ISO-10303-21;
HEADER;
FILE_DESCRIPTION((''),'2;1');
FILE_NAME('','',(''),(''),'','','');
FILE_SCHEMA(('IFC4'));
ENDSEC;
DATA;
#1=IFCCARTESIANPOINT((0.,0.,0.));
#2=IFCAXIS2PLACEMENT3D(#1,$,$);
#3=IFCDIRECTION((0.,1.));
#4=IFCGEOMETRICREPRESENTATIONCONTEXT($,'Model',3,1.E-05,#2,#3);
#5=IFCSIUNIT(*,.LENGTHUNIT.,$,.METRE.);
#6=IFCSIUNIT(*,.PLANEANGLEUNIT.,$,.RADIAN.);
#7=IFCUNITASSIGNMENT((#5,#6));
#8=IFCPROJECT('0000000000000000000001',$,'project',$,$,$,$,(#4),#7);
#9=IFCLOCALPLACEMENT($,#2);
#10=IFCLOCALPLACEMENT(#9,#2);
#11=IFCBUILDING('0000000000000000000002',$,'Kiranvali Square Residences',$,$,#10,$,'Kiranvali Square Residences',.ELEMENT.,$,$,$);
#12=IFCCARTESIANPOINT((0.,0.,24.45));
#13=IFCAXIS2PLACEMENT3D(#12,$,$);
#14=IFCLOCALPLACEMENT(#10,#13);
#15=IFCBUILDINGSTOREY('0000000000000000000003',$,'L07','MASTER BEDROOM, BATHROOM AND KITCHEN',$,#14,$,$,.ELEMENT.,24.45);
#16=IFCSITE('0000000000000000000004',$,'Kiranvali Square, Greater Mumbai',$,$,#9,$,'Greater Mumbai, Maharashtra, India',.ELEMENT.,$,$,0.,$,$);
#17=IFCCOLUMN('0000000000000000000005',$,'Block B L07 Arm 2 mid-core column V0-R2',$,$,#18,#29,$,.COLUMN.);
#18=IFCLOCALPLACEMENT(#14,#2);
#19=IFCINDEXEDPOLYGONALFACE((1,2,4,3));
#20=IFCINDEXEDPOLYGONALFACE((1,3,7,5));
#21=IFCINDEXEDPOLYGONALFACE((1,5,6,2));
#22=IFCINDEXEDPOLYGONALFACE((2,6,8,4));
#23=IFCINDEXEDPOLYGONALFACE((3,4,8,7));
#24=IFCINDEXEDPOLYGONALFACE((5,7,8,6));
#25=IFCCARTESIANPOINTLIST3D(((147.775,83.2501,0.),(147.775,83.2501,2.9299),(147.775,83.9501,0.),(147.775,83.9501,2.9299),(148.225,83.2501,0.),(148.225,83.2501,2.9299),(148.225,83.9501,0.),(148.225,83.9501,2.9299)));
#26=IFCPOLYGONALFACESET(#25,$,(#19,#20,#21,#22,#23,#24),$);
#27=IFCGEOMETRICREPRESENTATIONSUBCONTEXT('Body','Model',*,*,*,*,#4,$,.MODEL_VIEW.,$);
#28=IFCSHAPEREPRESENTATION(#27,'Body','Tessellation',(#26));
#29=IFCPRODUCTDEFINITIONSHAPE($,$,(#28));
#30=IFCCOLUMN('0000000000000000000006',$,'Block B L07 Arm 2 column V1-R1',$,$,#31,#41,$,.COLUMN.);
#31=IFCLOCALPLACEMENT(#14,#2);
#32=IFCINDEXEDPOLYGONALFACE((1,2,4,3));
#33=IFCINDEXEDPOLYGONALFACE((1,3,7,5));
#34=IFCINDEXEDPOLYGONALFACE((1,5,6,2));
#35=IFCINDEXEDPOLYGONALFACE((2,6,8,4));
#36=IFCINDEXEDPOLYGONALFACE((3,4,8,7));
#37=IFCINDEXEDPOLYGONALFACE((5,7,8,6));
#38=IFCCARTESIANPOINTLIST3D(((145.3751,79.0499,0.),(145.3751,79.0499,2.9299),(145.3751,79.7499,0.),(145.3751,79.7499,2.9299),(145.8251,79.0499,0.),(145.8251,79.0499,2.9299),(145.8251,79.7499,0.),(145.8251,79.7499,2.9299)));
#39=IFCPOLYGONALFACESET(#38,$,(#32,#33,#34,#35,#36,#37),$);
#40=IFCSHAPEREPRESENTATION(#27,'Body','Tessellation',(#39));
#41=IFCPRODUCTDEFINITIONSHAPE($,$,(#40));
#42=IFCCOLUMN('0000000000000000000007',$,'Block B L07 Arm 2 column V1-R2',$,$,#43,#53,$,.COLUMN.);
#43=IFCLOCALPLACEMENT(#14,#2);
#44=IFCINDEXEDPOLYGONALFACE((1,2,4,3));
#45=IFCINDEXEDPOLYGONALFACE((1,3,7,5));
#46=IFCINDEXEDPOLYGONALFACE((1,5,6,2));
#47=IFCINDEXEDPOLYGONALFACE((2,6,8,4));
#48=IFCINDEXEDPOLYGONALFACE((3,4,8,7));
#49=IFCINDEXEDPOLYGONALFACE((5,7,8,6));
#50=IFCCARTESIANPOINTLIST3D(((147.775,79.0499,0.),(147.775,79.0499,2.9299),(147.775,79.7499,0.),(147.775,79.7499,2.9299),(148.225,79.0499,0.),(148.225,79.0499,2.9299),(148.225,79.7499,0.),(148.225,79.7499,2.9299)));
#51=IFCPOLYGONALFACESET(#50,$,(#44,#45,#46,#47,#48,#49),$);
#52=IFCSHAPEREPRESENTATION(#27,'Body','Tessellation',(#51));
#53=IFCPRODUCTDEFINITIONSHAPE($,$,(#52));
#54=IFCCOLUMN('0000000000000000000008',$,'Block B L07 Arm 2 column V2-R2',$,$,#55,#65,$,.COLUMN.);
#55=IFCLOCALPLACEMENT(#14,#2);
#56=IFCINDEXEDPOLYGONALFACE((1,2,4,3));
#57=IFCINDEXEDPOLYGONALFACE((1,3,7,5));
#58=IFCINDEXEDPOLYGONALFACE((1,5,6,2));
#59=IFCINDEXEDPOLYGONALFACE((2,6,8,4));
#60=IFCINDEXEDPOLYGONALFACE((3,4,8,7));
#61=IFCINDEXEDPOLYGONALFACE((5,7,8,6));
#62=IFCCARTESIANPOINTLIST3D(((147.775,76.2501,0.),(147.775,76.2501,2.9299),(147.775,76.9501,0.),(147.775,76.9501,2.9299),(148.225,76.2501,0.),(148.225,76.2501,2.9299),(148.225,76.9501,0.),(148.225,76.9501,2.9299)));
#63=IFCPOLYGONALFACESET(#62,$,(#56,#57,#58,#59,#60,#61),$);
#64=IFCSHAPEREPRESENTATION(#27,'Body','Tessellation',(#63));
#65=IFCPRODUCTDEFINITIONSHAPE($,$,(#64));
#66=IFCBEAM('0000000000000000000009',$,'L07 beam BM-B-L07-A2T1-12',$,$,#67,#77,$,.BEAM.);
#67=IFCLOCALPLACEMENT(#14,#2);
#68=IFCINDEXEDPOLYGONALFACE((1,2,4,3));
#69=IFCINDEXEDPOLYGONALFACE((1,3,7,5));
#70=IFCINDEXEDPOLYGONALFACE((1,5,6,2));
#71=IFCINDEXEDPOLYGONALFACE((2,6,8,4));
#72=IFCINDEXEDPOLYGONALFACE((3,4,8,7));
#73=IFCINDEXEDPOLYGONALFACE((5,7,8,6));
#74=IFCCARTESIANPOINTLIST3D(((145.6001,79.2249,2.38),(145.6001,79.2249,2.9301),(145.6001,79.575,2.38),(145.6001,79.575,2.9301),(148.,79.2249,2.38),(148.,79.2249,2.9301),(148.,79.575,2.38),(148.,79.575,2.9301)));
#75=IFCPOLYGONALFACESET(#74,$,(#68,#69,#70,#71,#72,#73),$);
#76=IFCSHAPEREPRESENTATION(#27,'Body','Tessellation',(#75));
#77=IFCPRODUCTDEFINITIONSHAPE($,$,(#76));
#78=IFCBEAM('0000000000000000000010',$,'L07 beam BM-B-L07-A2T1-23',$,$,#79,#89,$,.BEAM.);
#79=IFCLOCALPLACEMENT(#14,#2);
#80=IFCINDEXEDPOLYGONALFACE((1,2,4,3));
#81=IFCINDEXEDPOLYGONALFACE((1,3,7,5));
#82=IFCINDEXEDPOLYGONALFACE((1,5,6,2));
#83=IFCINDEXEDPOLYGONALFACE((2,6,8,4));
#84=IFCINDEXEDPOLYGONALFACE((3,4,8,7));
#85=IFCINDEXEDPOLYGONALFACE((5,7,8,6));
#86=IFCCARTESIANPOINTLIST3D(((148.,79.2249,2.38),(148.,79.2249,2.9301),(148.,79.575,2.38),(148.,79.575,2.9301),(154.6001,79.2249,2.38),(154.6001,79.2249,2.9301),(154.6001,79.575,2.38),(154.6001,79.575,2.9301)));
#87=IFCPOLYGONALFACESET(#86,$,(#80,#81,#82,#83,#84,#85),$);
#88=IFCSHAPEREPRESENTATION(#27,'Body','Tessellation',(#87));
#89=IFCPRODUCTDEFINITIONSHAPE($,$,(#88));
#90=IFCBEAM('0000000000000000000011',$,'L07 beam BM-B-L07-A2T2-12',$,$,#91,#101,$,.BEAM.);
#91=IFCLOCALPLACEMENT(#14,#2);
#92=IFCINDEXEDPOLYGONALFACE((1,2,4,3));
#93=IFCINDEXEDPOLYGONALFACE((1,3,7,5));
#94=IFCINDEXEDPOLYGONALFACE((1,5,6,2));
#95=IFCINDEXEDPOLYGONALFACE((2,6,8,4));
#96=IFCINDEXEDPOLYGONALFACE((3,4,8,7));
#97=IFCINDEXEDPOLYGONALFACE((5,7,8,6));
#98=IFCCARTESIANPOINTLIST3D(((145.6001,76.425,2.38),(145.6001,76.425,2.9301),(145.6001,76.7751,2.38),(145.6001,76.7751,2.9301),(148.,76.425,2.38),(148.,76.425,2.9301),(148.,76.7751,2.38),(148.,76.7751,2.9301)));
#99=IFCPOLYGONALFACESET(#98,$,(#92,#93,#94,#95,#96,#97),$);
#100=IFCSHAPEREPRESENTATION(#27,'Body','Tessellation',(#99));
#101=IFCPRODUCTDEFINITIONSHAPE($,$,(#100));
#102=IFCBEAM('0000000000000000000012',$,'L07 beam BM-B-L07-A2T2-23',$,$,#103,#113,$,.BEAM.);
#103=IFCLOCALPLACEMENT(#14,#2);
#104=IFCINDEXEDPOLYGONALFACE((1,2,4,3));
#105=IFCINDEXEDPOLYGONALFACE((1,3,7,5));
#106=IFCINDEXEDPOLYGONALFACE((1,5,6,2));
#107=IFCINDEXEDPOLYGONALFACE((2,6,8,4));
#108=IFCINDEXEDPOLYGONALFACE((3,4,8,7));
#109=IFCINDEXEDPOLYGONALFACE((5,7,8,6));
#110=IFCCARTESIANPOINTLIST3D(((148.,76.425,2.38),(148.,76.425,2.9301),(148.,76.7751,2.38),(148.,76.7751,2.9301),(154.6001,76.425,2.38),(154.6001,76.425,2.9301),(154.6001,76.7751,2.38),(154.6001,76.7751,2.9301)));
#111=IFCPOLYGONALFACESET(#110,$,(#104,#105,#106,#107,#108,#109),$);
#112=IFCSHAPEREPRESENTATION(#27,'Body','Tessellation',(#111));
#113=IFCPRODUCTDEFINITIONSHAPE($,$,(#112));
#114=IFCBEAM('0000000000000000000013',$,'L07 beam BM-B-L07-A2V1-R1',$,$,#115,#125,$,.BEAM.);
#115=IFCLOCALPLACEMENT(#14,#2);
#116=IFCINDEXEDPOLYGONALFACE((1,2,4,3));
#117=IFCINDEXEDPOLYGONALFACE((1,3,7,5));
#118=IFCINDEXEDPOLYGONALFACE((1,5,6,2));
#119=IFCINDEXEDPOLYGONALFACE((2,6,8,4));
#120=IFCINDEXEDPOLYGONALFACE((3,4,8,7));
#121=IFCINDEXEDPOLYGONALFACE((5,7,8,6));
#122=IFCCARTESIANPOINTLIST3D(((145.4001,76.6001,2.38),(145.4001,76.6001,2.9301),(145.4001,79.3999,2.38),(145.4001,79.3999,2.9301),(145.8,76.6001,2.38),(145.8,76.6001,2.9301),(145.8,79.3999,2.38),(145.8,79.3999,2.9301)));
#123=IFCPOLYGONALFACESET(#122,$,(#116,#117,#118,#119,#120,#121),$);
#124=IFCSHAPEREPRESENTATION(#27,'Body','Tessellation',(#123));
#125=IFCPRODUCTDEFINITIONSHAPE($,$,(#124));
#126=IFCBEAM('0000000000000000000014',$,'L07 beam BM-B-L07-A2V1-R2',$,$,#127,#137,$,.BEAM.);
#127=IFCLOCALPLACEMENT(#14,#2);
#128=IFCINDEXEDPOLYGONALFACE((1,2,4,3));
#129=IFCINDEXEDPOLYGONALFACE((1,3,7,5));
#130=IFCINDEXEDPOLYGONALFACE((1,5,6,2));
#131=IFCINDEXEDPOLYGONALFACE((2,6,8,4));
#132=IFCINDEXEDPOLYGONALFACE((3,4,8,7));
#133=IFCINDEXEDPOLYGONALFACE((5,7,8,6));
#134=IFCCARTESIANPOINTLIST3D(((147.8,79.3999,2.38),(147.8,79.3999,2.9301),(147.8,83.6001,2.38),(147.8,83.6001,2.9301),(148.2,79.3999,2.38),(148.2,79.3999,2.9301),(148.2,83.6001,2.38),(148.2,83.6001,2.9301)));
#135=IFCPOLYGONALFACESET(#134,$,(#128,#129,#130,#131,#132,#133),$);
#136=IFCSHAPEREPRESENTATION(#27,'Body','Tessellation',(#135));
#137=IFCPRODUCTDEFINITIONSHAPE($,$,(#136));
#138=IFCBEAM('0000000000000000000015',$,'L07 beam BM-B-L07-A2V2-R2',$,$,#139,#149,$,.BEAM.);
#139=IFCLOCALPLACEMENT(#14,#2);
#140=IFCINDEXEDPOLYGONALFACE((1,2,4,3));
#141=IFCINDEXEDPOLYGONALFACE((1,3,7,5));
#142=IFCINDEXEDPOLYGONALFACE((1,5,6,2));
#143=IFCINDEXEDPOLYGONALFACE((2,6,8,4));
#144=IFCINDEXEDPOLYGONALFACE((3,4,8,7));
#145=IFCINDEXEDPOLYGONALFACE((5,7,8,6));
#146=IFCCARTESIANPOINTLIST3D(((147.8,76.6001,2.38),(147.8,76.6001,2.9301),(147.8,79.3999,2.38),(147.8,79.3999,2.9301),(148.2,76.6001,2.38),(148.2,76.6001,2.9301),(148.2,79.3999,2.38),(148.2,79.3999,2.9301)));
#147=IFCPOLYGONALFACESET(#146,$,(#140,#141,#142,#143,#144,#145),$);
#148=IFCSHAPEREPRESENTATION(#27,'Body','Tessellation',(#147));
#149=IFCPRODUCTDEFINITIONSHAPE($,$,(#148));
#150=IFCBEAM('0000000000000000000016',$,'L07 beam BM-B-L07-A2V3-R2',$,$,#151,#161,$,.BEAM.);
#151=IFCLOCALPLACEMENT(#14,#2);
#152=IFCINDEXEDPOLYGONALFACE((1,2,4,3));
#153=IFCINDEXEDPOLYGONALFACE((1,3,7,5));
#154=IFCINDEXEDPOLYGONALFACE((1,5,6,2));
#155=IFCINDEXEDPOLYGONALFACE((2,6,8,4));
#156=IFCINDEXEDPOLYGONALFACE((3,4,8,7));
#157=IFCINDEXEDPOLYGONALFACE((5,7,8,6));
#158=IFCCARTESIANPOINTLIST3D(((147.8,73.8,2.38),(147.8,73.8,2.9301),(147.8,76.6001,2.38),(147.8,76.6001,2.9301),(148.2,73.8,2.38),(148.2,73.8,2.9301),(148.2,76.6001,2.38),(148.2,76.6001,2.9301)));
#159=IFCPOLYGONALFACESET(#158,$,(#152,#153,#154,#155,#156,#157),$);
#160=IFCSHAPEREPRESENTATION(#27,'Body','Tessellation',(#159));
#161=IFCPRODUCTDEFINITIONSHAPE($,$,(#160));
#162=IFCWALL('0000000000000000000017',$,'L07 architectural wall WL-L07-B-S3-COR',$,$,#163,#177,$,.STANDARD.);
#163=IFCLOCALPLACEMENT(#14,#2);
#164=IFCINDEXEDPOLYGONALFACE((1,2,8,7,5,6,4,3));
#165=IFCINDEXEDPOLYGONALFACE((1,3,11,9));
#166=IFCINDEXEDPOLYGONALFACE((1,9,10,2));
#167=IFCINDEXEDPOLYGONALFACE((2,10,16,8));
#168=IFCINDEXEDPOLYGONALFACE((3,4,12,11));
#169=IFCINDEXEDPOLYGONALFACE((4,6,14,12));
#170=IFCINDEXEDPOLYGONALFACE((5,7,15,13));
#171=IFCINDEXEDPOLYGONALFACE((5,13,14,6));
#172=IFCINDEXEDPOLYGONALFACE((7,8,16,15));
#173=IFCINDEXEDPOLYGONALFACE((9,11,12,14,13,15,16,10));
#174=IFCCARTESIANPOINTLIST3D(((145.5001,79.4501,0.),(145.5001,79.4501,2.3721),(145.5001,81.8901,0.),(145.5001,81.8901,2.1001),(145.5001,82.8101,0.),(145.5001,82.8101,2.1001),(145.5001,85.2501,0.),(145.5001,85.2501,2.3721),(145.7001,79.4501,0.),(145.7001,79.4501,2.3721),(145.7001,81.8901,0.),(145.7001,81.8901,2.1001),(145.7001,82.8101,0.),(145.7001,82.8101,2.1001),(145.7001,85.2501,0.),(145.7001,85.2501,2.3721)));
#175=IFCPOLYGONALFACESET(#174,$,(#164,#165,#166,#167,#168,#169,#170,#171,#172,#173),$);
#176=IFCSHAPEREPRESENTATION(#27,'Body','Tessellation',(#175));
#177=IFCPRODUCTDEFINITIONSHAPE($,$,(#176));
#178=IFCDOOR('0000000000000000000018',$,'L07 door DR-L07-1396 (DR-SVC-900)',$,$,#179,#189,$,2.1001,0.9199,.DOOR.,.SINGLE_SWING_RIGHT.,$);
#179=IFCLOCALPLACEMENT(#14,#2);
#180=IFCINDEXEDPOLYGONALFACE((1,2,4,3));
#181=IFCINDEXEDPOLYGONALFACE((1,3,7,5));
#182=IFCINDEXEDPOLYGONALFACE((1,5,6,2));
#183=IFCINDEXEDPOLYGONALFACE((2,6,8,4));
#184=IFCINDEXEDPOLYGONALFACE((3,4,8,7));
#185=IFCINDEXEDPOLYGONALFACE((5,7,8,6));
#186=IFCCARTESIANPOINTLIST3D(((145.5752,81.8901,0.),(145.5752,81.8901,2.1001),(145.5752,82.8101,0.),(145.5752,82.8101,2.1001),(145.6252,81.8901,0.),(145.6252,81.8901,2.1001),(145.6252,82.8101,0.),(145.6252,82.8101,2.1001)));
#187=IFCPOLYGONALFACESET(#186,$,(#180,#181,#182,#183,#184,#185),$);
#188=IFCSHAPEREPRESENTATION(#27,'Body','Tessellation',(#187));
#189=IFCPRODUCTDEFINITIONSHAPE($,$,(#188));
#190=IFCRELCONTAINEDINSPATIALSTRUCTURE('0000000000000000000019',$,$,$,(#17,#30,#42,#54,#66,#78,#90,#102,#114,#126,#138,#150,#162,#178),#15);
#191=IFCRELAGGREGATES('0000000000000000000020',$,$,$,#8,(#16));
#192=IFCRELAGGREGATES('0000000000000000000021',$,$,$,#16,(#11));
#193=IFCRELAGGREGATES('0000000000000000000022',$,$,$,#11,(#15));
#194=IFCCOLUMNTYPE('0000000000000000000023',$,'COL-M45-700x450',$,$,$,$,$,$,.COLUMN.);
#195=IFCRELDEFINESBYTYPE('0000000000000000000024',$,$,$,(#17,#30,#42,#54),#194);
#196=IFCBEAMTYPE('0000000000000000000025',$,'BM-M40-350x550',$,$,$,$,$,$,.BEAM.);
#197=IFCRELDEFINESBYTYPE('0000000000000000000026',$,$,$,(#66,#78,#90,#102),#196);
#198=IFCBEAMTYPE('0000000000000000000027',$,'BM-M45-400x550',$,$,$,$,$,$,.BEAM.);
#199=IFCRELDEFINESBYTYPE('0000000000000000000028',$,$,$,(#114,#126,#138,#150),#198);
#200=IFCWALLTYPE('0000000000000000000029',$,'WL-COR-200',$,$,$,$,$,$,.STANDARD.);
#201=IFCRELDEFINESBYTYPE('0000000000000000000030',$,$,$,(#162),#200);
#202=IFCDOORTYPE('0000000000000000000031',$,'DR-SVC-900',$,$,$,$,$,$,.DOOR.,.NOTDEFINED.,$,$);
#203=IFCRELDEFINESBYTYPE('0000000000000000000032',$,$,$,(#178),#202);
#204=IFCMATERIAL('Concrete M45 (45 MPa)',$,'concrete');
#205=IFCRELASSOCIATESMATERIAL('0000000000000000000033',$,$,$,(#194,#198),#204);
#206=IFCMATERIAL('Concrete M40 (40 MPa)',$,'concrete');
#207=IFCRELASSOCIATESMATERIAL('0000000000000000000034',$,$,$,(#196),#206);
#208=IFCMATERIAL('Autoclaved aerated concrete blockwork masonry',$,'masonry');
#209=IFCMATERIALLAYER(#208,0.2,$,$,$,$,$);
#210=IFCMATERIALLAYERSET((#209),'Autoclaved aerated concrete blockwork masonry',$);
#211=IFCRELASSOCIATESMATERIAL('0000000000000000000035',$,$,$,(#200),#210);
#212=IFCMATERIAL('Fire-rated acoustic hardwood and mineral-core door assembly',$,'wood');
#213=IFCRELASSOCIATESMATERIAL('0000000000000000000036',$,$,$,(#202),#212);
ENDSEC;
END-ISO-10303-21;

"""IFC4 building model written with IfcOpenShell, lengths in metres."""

from ifc_helpers import new_model, si_unit, direction, frame, frame_2d, origin, origin_2d, place, context, subcontext, project, spatial, rectangle, extrude, material, layer, layer_set, material_profile, profile_set, type_object, element, fill, save


model = new_model("IFC4")

# Units and contexts
model_context = context("Model", 3, precision=1e-05, world=origin(), true_north=direction((0.0, 1.0)))
body_context = subcontext(model_context, "Body", "Model", "MODEL_VIEW")
ifc_project = project(units=[si_unit("LENGTHUNIT", "METRE"), si_unit("PLANEANGLEUNIT", "RADIAN")], contexts=[model_context])

# Site, building, storey
site_placement = place(None, origin())
site = spatial("IfcSite", under=ifc_project, at=site_placement, Name="Kiranvali Square, Greater Mumbai", LongName="Greater Mumbai, Maharashtra, India", CompositionType="ELEMENT", RefElevation=0.0)
building_placement = place(site_placement, origin())
building = spatial("IfcBuilding", under=site, at=building_placement, Name="Kiranvali Square Residences", LongName="Kiranvali Square Residences", CompositionType="ELEMENT")
storey_placement = place(building_placement, frame((0.0, 0.0, 24.45)))
storey = spatial("IfcBuildingStorey", under=building, at=storey_placement, Name="L07", Description="MASTER BEDROOM, BATHROOM AND KITCHEN", CompositionType="ELEMENT", Elevation=24.45)

# Columns
ifc_material_1 = material(Name="Concrete M45 (45 MPa)", Category="concrete")
ifc_material_profile_1 = material_profile(ifc_material_1, rectangle(XDim=0.45, YDim=0.7, at=origin_2d()), Name="RC 700x450")
ifc_profile_set_1 = profile_set([ifc_material_profile_1], Name="Concrete M45 (45 MPa)")
column_type = type_object("IfcColumnType", Name="COL-M45-700x450", PredefinedType="COLUMN", material=ifc_profile_set_1)
for number, where, z_axis, x_axis, name in (
    (1, (148.0, 83.6001, 0.0), (0.0, 0.0, 1.0), (1.0, 0.0, 0.0), "Block B L07 Arm 2 mid-core column V0-R2"),
    (2, (145.6001, 79.3999, 0.0), (0.0, 0.0, 1.0), (1.0, 0.0, 0.0), "Block B L07 Arm 2 column V1-R1"),
    (3, (148.0, 79.3999, 0.0), (0.0, 0.0, 1.0), (1.0, 0.0, 0.0), "Block B L07 Arm 2 column V1-R2"),
    (4, (148.0, 76.6001, 0.0), (0.0, 0.0, 1.0), (1.0, 0.0, 0.0), "Block B L07 Arm 2 column V2-R2"),
):
    element("IfcColumn", number, at=place(storey_placement, frame(where, z_axis=z_axis, x_axis=x_axis)), inside=storey, type_object=column_type, Name=name, PredefinedType="COLUMN", context=body_context, shape_type="SweptSolid", body=[
        extrude(rectangle(XDim=0.45, YDim=0.7, at=origin_2d()), origin(), (0.0, 0.0, 1.0), 2.9299),
    ])

# Beams
ifc_material_2 = material(Name="Concrete M40 (40 MPa)", Category="concrete")
ifc_material_profile_2 = material_profile(ifc_material_2, rectangle(XDim=0.3501, YDim=0.55, at=origin_2d()), Name="RC 350x550")
ifc_profile_set_2 = profile_set([ifc_material_profile_2], Name="Concrete M40 (40 MPa)")
beam_type_1 = type_object("IfcBeamType", Name="BM-M40-350x550", PredefinedType="BEAM", material=ifc_profile_set_2)
beam_1_placement = place(storey_placement, frame((145.6001, 79.3999, 2.655), z_axis=(1.0, 0.0, 0.0), x_axis=(0.0, 1.0, 0.0)))
element("IfcBeam", 5, at=beam_1_placement, inside=storey, type_object=beam_type_1, Name="L07 beam BM-B-L07-A2T1-12", PredefinedType="BEAM", context=body_context, shape_type="SweptSolid", body=[
    extrude(rectangle(XDim=0.3501, YDim=0.55, at=origin_2d()), origin(), (0.0, 0.0, 1.0), 2.3999),
])
beam_2_placement = place(storey_placement, frame((148.0, 79.3999, 2.655), z_axis=(1.0, 0.0, 0.0), x_axis=(0.0, 1.0, 0.0)))
element("IfcBeam", 6, at=beam_2_placement, inside=storey, type_object=beam_type_1, Name="L07 beam BM-B-L07-A2T1-23", PredefinedType="BEAM", context=body_context, shape_type="SweptSolid", body=[
    extrude(rectangle(XDim=0.3501, YDim=0.55, at=origin_2d()), origin(), (0.0, 0.0, 1.0), 6.6001),
])
beam_3_placement = place(storey_placement, frame((145.6001, 76.6001, 2.655), z_axis=(1.0, 0.0, 0.0), x_axis=(0.0, 1.0, 0.0)))
element("IfcBeam", 7, at=beam_3_placement, inside=storey, type_object=beam_type_1, Name="L07 beam BM-B-L07-A2T2-12", PredefinedType="BEAM", context=body_context, shape_type="SweptSolid", body=[
    extrude(rectangle(XDim=0.3501, YDim=0.55, at=origin_2d()), origin(), (0.0, 0.0, 1.0), 2.3999),
])
beam_4_placement = place(storey_placement, frame((148.0, 76.6001, 2.655), z_axis=(1.0, 0.0, 0.0), x_axis=(0.0, 1.0, 0.0)))
element("IfcBeam", 8, at=beam_4_placement, inside=storey, type_object=beam_type_1, Name="L07 beam BM-B-L07-A2T2-23", PredefinedType="BEAM", context=body_context, shape_type="SweptSolid", body=[
    extrude(rectangle(XDim=0.3501, YDim=0.55, at=origin_2d()), origin(), (0.0, 0.0, 1.0), 6.6001),
])
ifc_material_profile_3 = material_profile(ifc_material_1, rectangle(XDim=0.3999, YDim=0.55, at=origin_2d()), Name="RC 400x550")
ifc_profile_set_3 = profile_set([ifc_material_profile_3], Name="Concrete M45 (45 MPa)")
beam_type_2 = type_object("IfcBeamType", Name="BM-M45-400x550", PredefinedType="BEAM", material=ifc_profile_set_3)
beam_5_placement = place(storey_placement, frame((145.6001, 79.3999, 2.655), z_axis=(0.0, -1.0, 0.0), x_axis=(1.0, 0.0, 0.0)))
element("IfcBeam", 9, at=beam_5_placement, inside=storey, type_object=beam_type_2, Name="L07 beam BM-B-L07-A2V1-R1", PredefinedType="BEAM", context=body_context, shape_type="SweptSolid", body=[
    extrude(rectangle(XDim=0.3999, YDim=0.55, at=origin_2d()), origin(), (0.0, 0.0, 1.0), 2.7998),
])
beam_6_placement = place(storey_placement, frame((148.0, 83.6001, 2.655), z_axis=(0.0, -1.0, 0.0), x_axis=(1.0, 0.0, 0.0)))
element("IfcBeam", 10, at=beam_6_placement, inside=storey, type_object=beam_type_2, Name="L07 beam BM-B-L07-A2V1-R2", PredefinedType="BEAM", context=body_context, shape_type="SweptSolid", body=[
    extrude(rectangle(XDim=0.3999, YDim=0.55, at=origin_2d()), origin(), (0.0, 0.0, 1.0), 4.2002),
])
beam_7_placement = place(storey_placement, frame((148.0, 79.3999, 2.655), z_axis=(0.0, -1.0, 0.0), x_axis=(1.0, 0.0, 0.0)))
element("IfcBeam", 11, at=beam_7_placement, inside=storey, type_object=beam_type_2, Name="L07 beam BM-B-L07-A2V2-R2", PredefinedType="BEAM", context=body_context, shape_type="SweptSolid", body=[
    extrude(rectangle(XDim=0.3999, YDim=0.55, at=origin_2d()), origin(), (0.0, 0.0, 1.0), 2.7998),
])
beam_8_placement = place(storey_placement, frame((148.0, 76.6001, 2.655), z_axis=(0.0, -1.0, 0.0), x_axis=(1.0, 0.0, 0.0)))
element("IfcBeam", 12, at=beam_8_placement, inside=storey, type_object=beam_type_2, Name="L07 beam BM-B-L07-A2V3-R2", PredefinedType="BEAM", context=body_context, shape_type="SweptSolid", body=[
    extrude(rectangle(XDim=0.3999, YDim=0.55, at=origin_2d()), origin(), (0.0, 0.0, 1.0), 2.8),
])

# Wall, opening, door
ifc_material_3 = material(Name="Autoclaved aerated concrete blockwork masonry", Category="masonry")
ifc_layer = layer(ifc_material_3, 0.2)
ifc_layer_set = layer_set([ifc_layer], Name="Autoclaved aerated concrete blockwork masonry")
wall_type = type_object("IfcWallType", Name="WL-COR-200", PredefinedType="STANDARD", material=ifc_layer_set)
wall_1_placement = place(storey_placement, frame((145.6001, 85.25, 0.0), z_axis=(0.0, 0.0, 1.0), x_axis=(0.0, -1.0, 0.0)))
wall_1 = element("IfcWall", 13, at=wall_1_placement, inside=storey, type_object=wall_type, Name="L07 architectural wall WL-L07-B-S3-COR", PredefinedType="STANDARD", context=body_context, shape_type="SweptSolid", body=[
    extrude(rectangle(XDim=5.8, YDim=0.2, at=frame_2d((2.8999, 0.0))), origin(), (0.0, 0.0, 1.0), 2.3721),
])
opening_1_placement = place(wall_1_placement, frame((2.4399, 0.0, 0.0)))
opening_1 = element("IfcOpeningElement", 14, at=opening_1_placement, cuts=wall_1, PredefinedType="OPENING", context=body_context, shape_type="SweptSolid", body=[
    extrude(rectangle(XDim=0.9199, YDim=2.1001, at=frame_2d((0.46, 1.05))), frame((0.0, 0.1099, 0.0), z_axis=(0.0, -1.0, 0.0), x_axis=(1.0, 0.0, 0.0)), (0.0, 0.0, 1.0), 0.22),
])
ifc_material_4 = material(Name="Fire-rated acoustic hardwood and mineral-core door assembly", Category="wood")
door_type_1 = type_object("IfcDoorType", Name="DR-SVC-900", OperationType="NOTDEFINED", PredefinedType="DOOR", material=ifc_material_4)
door_1_placement = place(opening_1_placement, frame((0.9199, 0.0, 0.0), z_axis=(0.0, 0.0, 1.0), x_axis=(-1.0, 0.0, 0.0)))
door_1 = element("IfcDoor", 15, at=door_1_placement, inside=storey, type_object=door_type_1, Name="L07 door DR-L07-1396 (DR-SVC-900)", OperationType="SINGLE_SWING_RIGHT", OverallHeight=2.1001, OverallWidth=0.9199, PredefinedType="DOOR", context=body_context, shape_type="SweptSolid", body=[
    extrude(rectangle(XDim=0.9199, YDim=2.1001, at=frame_2d((0.46, 1.05))), frame((0.0, 0.0249, 0.0), z_axis=(0.0, -1.0, 0.0), x_axis=(1.0, 0.0, 0.0)), (0.0, 0.0, 1.0), 0.05),
])
fill(opening_1, door_1)

save(model, "model.ifc")
